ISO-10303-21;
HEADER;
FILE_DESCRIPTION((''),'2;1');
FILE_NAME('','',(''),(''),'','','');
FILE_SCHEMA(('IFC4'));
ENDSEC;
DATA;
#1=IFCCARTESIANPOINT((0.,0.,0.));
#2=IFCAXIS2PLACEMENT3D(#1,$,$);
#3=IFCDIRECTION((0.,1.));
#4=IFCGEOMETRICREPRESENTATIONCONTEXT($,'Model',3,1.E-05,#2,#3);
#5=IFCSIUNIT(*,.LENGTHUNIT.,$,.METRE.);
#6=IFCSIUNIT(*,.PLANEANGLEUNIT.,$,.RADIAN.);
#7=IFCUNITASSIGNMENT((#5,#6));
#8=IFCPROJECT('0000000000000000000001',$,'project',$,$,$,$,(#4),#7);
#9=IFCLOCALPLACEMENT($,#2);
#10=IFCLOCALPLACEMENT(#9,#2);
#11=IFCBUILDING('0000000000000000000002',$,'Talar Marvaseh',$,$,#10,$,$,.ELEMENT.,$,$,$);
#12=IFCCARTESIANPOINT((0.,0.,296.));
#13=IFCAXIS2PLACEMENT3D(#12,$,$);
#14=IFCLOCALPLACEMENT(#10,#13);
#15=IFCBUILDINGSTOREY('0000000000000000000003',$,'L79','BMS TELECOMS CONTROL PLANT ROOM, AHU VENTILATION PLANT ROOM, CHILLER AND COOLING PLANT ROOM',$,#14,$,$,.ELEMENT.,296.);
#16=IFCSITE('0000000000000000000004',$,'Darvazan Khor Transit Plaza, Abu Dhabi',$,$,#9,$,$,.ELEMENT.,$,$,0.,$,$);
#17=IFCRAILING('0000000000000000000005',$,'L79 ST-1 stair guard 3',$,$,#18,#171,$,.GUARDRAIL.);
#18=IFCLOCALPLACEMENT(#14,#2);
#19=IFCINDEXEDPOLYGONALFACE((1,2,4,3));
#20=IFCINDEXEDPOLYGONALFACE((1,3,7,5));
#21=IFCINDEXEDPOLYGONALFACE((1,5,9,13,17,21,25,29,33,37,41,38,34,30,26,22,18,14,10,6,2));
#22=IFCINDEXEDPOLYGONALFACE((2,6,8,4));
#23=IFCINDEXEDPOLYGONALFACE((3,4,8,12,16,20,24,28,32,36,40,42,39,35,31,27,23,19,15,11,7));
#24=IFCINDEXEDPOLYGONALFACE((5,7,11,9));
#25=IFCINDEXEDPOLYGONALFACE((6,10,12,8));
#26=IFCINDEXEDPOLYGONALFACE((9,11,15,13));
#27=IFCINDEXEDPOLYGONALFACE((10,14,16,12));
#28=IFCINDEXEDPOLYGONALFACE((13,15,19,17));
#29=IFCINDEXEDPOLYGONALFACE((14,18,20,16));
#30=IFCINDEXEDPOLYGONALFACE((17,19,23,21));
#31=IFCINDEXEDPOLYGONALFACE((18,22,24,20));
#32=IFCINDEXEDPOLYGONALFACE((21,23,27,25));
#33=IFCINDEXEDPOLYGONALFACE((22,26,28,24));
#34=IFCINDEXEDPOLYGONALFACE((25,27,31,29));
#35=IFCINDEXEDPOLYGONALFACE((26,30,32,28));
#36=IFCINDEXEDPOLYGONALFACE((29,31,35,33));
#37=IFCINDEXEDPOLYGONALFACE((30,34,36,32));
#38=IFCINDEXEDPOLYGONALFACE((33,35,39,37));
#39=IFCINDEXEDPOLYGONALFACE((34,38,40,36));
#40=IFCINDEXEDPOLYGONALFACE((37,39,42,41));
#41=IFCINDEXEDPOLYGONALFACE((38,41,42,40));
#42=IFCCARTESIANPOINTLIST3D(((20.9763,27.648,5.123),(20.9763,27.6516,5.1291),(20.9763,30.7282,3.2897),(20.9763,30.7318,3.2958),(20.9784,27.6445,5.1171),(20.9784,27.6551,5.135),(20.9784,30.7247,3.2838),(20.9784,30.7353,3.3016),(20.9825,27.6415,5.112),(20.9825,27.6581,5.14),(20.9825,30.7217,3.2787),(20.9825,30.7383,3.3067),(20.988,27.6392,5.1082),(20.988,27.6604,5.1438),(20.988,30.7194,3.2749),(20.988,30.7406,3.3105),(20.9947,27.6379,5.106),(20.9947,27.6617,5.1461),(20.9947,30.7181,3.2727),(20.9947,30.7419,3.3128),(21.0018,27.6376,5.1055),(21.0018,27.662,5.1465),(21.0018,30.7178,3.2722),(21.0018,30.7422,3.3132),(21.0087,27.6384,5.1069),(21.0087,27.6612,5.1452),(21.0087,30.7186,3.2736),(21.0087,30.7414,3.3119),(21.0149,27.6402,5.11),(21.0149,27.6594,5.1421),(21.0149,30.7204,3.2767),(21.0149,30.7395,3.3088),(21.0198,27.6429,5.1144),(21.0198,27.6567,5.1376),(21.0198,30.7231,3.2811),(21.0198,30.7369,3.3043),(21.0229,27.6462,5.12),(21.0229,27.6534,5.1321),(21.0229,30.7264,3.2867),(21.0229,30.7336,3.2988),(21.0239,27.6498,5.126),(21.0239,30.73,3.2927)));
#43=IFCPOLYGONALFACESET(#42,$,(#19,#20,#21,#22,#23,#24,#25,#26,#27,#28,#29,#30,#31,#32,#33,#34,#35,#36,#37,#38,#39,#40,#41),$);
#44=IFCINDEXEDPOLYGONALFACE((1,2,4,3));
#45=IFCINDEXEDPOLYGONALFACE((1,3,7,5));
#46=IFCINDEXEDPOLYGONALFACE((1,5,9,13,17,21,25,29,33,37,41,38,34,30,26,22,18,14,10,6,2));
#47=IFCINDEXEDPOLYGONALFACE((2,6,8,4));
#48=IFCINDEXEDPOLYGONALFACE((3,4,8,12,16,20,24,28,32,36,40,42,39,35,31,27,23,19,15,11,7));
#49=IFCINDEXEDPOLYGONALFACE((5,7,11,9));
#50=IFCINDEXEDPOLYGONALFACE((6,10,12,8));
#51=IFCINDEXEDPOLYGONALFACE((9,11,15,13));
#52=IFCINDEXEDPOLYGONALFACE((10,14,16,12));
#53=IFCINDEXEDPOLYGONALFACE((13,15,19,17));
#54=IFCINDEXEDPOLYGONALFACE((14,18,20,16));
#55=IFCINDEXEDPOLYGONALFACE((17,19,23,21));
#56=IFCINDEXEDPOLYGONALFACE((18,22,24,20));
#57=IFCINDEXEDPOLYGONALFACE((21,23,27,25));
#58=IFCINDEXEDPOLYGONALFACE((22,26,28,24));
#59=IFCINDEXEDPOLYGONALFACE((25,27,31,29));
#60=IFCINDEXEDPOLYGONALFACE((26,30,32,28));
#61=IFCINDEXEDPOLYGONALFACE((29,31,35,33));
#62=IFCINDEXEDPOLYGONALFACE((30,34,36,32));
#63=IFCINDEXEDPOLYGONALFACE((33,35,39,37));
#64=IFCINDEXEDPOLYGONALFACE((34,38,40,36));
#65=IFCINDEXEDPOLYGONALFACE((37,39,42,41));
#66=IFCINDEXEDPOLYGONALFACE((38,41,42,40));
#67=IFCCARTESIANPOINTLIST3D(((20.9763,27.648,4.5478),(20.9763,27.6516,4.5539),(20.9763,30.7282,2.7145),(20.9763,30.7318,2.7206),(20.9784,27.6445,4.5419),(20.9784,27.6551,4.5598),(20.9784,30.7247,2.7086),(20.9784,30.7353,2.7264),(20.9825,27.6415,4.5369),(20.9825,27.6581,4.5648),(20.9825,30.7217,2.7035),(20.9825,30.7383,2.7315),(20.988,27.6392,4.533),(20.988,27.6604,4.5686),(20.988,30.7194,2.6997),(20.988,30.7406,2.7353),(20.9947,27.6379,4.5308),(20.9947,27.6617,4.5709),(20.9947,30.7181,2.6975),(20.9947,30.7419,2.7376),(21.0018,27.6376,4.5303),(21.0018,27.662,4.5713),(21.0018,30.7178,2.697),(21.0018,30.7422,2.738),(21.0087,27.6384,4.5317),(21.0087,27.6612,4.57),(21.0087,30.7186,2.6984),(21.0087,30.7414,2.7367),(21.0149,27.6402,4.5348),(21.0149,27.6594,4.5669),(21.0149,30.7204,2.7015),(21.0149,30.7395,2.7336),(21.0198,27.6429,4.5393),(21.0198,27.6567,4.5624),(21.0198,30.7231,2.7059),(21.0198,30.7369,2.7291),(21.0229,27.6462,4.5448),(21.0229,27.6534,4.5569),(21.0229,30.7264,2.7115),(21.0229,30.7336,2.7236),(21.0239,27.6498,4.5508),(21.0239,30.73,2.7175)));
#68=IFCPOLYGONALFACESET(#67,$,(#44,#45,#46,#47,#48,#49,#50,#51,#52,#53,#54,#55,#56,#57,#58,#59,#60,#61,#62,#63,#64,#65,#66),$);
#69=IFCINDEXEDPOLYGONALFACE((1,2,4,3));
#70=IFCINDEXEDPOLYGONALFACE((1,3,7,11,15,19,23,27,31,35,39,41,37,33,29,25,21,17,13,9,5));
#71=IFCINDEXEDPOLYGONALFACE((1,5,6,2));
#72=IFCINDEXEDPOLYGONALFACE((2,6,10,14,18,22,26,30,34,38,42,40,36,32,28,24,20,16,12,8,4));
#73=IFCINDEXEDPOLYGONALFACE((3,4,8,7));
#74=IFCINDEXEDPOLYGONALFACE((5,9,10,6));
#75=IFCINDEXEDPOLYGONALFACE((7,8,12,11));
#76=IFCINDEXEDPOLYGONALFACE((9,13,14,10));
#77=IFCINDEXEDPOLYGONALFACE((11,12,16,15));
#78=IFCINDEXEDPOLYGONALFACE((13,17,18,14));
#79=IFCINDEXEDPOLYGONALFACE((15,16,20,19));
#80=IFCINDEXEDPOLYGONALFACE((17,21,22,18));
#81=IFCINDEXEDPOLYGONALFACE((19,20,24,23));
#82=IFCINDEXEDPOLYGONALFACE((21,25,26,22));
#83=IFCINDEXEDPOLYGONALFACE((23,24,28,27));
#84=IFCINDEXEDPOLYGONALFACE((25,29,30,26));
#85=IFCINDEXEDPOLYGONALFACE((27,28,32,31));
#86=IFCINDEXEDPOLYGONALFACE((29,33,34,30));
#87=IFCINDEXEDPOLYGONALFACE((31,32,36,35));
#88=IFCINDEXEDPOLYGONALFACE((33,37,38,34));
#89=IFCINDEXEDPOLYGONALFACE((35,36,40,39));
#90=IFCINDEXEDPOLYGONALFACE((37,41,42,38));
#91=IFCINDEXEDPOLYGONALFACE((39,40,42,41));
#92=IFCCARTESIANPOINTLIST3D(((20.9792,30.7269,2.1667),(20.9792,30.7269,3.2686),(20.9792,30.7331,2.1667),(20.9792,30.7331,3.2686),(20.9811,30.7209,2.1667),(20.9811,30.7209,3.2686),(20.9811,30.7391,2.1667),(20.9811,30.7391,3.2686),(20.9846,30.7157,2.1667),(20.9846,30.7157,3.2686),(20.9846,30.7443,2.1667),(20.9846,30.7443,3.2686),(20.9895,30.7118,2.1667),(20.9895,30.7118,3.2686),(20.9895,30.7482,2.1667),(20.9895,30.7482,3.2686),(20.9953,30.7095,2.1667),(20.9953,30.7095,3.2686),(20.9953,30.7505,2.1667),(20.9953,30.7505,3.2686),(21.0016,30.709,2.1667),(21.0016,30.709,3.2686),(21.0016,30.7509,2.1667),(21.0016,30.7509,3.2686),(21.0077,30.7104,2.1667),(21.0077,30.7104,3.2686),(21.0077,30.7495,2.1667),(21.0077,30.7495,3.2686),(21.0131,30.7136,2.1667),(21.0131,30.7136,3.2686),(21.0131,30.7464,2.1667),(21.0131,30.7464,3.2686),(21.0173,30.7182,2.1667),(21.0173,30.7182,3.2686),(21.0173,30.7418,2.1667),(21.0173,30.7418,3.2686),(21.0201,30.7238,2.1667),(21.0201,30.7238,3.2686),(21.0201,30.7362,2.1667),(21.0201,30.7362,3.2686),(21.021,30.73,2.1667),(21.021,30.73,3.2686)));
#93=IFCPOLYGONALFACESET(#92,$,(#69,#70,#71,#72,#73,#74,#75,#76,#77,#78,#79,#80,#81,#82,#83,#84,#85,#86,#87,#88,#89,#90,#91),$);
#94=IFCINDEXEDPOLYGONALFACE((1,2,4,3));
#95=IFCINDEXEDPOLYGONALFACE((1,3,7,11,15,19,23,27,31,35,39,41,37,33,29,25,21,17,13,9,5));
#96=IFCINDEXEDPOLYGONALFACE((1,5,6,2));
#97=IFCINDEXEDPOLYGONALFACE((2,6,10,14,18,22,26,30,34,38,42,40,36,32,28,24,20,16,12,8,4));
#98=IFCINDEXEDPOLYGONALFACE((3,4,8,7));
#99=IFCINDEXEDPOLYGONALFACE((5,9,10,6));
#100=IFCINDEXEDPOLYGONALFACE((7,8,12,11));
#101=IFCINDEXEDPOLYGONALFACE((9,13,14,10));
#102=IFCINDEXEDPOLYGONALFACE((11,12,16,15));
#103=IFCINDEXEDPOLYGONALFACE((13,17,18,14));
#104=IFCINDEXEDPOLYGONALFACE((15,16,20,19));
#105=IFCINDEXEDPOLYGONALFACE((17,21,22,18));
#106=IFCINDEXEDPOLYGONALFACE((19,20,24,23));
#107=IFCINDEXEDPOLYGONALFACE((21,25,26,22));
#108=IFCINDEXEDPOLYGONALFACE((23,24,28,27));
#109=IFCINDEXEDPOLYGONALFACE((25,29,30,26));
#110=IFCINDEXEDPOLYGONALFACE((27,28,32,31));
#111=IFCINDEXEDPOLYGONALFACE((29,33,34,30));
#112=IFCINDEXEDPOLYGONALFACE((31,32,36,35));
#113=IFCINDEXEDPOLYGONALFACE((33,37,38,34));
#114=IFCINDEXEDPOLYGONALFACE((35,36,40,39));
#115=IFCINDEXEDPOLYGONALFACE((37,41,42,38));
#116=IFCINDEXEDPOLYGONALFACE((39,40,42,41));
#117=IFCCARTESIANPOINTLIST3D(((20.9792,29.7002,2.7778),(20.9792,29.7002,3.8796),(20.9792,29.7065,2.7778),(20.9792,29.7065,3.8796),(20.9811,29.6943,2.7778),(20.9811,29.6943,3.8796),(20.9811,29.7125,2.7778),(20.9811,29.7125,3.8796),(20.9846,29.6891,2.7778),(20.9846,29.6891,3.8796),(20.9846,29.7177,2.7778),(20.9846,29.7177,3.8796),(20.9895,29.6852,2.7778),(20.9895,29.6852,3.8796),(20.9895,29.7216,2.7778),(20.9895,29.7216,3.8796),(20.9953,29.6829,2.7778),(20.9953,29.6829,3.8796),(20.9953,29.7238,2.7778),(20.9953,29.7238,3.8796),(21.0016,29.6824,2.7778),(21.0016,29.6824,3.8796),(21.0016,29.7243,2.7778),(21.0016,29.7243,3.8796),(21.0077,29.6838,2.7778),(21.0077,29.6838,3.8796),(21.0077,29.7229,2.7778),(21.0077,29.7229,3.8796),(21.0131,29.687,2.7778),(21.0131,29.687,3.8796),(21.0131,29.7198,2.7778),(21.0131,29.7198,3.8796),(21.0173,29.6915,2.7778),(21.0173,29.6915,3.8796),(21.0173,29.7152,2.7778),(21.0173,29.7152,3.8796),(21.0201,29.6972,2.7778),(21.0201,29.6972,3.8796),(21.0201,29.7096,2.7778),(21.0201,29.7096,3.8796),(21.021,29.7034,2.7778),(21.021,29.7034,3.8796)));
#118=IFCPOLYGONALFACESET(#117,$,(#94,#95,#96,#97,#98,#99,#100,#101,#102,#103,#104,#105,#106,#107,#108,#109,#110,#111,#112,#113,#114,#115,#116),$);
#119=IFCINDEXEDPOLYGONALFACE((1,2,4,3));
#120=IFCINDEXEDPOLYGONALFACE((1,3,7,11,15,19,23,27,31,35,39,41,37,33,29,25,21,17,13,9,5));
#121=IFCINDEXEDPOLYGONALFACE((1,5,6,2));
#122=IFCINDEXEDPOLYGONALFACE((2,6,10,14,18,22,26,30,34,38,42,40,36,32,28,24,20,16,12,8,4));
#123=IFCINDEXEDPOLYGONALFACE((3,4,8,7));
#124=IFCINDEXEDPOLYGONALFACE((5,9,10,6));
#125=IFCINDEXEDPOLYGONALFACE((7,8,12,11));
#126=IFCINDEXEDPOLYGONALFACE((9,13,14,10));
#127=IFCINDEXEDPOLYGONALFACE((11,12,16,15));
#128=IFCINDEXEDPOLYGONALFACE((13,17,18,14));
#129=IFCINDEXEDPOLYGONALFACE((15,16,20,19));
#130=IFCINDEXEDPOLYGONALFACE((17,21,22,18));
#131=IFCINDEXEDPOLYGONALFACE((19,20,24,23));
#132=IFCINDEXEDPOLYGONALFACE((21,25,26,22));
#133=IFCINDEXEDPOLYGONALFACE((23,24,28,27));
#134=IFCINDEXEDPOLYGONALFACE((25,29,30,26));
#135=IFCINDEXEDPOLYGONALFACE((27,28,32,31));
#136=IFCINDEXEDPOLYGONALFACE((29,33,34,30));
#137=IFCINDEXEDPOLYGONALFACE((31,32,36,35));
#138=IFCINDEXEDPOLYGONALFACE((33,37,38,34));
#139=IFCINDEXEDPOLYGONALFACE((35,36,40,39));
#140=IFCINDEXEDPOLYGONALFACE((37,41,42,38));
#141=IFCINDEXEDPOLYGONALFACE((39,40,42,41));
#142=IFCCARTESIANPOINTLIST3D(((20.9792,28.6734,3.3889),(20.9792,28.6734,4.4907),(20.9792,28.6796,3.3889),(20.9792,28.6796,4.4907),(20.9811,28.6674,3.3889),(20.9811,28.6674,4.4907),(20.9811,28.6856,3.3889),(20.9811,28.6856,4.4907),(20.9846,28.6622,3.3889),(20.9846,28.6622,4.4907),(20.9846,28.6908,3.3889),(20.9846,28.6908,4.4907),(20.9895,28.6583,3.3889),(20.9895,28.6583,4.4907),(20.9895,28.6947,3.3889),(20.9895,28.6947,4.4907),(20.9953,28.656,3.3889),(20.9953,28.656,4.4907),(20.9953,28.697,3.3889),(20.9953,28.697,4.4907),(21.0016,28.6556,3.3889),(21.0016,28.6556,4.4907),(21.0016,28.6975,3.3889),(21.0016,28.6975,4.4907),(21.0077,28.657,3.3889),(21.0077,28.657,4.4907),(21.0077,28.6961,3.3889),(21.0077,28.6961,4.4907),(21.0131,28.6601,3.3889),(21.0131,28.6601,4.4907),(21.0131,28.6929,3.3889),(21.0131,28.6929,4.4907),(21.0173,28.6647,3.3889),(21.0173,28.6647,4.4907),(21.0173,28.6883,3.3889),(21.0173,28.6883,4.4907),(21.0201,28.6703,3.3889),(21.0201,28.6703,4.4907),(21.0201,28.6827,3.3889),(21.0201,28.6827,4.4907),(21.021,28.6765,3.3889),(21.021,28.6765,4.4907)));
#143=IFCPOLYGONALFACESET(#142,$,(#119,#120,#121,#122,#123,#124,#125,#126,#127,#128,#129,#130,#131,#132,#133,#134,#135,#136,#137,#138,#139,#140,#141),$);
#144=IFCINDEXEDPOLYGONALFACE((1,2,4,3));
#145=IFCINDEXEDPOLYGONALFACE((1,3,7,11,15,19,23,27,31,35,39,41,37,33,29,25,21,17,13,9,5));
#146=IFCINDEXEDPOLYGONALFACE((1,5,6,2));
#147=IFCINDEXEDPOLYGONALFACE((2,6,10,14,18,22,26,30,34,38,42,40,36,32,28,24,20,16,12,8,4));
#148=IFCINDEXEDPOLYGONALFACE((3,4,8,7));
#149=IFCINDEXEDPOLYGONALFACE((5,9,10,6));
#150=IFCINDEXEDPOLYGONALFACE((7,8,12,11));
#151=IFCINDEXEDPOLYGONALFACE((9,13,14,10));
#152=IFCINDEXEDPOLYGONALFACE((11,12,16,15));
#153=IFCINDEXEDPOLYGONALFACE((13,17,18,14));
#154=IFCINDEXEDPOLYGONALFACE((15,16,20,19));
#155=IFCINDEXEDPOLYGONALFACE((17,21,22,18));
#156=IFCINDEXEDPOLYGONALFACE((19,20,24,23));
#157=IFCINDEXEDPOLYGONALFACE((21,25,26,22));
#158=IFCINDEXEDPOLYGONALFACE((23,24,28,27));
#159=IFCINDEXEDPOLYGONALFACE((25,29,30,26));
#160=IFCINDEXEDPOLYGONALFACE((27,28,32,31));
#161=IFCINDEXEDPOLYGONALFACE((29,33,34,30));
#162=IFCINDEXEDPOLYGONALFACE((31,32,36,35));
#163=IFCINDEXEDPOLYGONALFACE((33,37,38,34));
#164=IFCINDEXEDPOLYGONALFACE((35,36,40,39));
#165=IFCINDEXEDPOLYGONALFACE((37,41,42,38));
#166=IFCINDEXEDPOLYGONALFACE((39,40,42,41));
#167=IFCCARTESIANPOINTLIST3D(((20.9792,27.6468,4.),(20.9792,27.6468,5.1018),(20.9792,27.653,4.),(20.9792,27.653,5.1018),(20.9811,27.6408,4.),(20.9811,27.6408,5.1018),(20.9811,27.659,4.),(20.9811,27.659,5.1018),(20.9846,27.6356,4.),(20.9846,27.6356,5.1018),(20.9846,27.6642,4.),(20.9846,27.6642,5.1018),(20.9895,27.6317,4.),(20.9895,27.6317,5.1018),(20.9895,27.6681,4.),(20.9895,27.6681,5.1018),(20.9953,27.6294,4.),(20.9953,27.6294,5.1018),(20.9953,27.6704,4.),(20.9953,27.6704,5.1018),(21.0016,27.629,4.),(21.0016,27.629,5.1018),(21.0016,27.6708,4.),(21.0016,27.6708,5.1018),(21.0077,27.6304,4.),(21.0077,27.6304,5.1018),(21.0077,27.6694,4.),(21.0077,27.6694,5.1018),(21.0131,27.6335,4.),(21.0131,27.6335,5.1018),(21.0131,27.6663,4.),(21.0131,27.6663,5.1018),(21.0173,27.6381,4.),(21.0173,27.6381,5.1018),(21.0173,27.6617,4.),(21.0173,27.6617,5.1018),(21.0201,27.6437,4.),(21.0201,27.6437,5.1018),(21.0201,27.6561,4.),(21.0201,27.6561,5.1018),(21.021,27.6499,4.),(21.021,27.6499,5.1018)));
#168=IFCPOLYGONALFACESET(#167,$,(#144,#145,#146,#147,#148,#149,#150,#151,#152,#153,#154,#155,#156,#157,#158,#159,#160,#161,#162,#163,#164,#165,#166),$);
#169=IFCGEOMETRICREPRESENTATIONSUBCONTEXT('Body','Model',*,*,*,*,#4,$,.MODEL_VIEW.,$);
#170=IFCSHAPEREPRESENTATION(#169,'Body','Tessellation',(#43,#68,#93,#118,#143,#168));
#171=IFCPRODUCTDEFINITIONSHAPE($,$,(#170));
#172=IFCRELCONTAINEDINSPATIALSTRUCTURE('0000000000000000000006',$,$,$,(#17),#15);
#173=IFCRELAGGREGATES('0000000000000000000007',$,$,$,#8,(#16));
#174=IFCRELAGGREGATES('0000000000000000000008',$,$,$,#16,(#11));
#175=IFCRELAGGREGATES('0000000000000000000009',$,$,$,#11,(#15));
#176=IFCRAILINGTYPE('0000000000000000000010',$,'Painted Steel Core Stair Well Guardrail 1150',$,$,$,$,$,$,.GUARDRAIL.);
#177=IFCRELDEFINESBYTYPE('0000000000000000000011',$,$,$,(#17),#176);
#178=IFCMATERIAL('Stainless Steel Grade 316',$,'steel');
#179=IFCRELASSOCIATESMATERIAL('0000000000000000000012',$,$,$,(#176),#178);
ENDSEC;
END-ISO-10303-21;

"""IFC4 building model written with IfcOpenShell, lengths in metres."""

from ifc_helpers import new_model, si_unit, direction, frame, origin, origin_2d, place, context, subcontext, project, spatial, circle, extrude, material, type_object, element, save


model = new_model("IFC4")

# Units and contexts
model_context = context("Model", 3, precision=1e-05, world=origin(), true_north=direction((0.0, 1.0)))
body_context = subcontext(model_context, "Body", "Model", "MODEL_VIEW")
ifc_project = project(units=[si_unit("LENGTHUNIT", "METRE"), si_unit("PLANEANGLEUNIT", "RADIAN")], contexts=[model_context])

# Site, building, storey
site_placement = place(None, origin())
site = spatial("IfcSite", under=ifc_project, at=site_placement, Name="Darvazan Khor Transit Plaza, Abu Dhabi", CompositionType="ELEMENT", RefElevation=0.0)
building_placement = place(site_placement, origin())
building = spatial("IfcBuilding", under=site, at=building_placement, Name="Talar Marvaseh", CompositionType="ELEMENT")
storey_placement = place(building_placement, frame((0.0, 0.0, 296.0)))
storey = spatial("IfcBuildingStorey", under=building, at=storey_placement, Name="L79", Description="BMS TELECOMS CONTROL PLANT ROOM, AHU VENTILATION PLANT ROOM, CHILLER AND COOLING PLANT ROOM", CompositionType="ELEMENT", Elevation=296.0)

# Shared definitions
ifc_material_1 = material(Name="Stainless Steel Grade 316", Category="steel")

# Railing
railing_type_1 = type_object("IfcRailingType", Name="Painted Steel Core Stair Well Guardrail 1150", PredefinedType="GUARDRAIL", material=ifc_material_1)
railing_1_placement = place(storey_placement, frame((21.0, 30.73, 2.1667)))
element("IfcRailing", 1, at=railing_1_placement, inside=storey, type_object=railing_type_1, Name="L79 ST-1 stair guard 3", PredefinedType="GUARDRAIL", context=body_context, shape_type="SweptSolid", body=[
    extrude(circle(Radius=0.0239, at=origin_2d()), frame((0.0, 0.0, 1.126), z_axis=(0.0, -0.859309, 0.511458), x_axis=(1.0, 0.0, 0.0)), (0.0, 0.0, 1.0), 3.5845),
    extrude(circle(Radius=0.0239, at=origin_2d()), frame((0.0, 0.0, 0.5508), z_axis=(0.0, -0.859309, 0.511458), x_axis=(1.0, 0.0, 0.0)), (0.0, 0.0, 1.0), 3.5845),
    extrude(circle(Radius=0.021, at=origin_2d()), origin(), (0.0, 0.0, 1.0), 1.1018),
    extrude(circle(Radius=0.021, at=origin_2d()), frame((0.0, -1.0266, 0.6111)), (0.0, 0.0, 1.0), 1.1018),
    extrude(circle(Radius=0.021, at=origin_2d()), frame((0.0, -2.0535, 1.2222)), (0.0, 0.0, 1.0), 1.1018),
    extrude(circle(Radius=0.021, at=origin_2d()), frame((0.0, -3.0801, 1.8333)), (0.0, 0.0, 1.0), 1.1018),
])

save(model, "model.ifc")
